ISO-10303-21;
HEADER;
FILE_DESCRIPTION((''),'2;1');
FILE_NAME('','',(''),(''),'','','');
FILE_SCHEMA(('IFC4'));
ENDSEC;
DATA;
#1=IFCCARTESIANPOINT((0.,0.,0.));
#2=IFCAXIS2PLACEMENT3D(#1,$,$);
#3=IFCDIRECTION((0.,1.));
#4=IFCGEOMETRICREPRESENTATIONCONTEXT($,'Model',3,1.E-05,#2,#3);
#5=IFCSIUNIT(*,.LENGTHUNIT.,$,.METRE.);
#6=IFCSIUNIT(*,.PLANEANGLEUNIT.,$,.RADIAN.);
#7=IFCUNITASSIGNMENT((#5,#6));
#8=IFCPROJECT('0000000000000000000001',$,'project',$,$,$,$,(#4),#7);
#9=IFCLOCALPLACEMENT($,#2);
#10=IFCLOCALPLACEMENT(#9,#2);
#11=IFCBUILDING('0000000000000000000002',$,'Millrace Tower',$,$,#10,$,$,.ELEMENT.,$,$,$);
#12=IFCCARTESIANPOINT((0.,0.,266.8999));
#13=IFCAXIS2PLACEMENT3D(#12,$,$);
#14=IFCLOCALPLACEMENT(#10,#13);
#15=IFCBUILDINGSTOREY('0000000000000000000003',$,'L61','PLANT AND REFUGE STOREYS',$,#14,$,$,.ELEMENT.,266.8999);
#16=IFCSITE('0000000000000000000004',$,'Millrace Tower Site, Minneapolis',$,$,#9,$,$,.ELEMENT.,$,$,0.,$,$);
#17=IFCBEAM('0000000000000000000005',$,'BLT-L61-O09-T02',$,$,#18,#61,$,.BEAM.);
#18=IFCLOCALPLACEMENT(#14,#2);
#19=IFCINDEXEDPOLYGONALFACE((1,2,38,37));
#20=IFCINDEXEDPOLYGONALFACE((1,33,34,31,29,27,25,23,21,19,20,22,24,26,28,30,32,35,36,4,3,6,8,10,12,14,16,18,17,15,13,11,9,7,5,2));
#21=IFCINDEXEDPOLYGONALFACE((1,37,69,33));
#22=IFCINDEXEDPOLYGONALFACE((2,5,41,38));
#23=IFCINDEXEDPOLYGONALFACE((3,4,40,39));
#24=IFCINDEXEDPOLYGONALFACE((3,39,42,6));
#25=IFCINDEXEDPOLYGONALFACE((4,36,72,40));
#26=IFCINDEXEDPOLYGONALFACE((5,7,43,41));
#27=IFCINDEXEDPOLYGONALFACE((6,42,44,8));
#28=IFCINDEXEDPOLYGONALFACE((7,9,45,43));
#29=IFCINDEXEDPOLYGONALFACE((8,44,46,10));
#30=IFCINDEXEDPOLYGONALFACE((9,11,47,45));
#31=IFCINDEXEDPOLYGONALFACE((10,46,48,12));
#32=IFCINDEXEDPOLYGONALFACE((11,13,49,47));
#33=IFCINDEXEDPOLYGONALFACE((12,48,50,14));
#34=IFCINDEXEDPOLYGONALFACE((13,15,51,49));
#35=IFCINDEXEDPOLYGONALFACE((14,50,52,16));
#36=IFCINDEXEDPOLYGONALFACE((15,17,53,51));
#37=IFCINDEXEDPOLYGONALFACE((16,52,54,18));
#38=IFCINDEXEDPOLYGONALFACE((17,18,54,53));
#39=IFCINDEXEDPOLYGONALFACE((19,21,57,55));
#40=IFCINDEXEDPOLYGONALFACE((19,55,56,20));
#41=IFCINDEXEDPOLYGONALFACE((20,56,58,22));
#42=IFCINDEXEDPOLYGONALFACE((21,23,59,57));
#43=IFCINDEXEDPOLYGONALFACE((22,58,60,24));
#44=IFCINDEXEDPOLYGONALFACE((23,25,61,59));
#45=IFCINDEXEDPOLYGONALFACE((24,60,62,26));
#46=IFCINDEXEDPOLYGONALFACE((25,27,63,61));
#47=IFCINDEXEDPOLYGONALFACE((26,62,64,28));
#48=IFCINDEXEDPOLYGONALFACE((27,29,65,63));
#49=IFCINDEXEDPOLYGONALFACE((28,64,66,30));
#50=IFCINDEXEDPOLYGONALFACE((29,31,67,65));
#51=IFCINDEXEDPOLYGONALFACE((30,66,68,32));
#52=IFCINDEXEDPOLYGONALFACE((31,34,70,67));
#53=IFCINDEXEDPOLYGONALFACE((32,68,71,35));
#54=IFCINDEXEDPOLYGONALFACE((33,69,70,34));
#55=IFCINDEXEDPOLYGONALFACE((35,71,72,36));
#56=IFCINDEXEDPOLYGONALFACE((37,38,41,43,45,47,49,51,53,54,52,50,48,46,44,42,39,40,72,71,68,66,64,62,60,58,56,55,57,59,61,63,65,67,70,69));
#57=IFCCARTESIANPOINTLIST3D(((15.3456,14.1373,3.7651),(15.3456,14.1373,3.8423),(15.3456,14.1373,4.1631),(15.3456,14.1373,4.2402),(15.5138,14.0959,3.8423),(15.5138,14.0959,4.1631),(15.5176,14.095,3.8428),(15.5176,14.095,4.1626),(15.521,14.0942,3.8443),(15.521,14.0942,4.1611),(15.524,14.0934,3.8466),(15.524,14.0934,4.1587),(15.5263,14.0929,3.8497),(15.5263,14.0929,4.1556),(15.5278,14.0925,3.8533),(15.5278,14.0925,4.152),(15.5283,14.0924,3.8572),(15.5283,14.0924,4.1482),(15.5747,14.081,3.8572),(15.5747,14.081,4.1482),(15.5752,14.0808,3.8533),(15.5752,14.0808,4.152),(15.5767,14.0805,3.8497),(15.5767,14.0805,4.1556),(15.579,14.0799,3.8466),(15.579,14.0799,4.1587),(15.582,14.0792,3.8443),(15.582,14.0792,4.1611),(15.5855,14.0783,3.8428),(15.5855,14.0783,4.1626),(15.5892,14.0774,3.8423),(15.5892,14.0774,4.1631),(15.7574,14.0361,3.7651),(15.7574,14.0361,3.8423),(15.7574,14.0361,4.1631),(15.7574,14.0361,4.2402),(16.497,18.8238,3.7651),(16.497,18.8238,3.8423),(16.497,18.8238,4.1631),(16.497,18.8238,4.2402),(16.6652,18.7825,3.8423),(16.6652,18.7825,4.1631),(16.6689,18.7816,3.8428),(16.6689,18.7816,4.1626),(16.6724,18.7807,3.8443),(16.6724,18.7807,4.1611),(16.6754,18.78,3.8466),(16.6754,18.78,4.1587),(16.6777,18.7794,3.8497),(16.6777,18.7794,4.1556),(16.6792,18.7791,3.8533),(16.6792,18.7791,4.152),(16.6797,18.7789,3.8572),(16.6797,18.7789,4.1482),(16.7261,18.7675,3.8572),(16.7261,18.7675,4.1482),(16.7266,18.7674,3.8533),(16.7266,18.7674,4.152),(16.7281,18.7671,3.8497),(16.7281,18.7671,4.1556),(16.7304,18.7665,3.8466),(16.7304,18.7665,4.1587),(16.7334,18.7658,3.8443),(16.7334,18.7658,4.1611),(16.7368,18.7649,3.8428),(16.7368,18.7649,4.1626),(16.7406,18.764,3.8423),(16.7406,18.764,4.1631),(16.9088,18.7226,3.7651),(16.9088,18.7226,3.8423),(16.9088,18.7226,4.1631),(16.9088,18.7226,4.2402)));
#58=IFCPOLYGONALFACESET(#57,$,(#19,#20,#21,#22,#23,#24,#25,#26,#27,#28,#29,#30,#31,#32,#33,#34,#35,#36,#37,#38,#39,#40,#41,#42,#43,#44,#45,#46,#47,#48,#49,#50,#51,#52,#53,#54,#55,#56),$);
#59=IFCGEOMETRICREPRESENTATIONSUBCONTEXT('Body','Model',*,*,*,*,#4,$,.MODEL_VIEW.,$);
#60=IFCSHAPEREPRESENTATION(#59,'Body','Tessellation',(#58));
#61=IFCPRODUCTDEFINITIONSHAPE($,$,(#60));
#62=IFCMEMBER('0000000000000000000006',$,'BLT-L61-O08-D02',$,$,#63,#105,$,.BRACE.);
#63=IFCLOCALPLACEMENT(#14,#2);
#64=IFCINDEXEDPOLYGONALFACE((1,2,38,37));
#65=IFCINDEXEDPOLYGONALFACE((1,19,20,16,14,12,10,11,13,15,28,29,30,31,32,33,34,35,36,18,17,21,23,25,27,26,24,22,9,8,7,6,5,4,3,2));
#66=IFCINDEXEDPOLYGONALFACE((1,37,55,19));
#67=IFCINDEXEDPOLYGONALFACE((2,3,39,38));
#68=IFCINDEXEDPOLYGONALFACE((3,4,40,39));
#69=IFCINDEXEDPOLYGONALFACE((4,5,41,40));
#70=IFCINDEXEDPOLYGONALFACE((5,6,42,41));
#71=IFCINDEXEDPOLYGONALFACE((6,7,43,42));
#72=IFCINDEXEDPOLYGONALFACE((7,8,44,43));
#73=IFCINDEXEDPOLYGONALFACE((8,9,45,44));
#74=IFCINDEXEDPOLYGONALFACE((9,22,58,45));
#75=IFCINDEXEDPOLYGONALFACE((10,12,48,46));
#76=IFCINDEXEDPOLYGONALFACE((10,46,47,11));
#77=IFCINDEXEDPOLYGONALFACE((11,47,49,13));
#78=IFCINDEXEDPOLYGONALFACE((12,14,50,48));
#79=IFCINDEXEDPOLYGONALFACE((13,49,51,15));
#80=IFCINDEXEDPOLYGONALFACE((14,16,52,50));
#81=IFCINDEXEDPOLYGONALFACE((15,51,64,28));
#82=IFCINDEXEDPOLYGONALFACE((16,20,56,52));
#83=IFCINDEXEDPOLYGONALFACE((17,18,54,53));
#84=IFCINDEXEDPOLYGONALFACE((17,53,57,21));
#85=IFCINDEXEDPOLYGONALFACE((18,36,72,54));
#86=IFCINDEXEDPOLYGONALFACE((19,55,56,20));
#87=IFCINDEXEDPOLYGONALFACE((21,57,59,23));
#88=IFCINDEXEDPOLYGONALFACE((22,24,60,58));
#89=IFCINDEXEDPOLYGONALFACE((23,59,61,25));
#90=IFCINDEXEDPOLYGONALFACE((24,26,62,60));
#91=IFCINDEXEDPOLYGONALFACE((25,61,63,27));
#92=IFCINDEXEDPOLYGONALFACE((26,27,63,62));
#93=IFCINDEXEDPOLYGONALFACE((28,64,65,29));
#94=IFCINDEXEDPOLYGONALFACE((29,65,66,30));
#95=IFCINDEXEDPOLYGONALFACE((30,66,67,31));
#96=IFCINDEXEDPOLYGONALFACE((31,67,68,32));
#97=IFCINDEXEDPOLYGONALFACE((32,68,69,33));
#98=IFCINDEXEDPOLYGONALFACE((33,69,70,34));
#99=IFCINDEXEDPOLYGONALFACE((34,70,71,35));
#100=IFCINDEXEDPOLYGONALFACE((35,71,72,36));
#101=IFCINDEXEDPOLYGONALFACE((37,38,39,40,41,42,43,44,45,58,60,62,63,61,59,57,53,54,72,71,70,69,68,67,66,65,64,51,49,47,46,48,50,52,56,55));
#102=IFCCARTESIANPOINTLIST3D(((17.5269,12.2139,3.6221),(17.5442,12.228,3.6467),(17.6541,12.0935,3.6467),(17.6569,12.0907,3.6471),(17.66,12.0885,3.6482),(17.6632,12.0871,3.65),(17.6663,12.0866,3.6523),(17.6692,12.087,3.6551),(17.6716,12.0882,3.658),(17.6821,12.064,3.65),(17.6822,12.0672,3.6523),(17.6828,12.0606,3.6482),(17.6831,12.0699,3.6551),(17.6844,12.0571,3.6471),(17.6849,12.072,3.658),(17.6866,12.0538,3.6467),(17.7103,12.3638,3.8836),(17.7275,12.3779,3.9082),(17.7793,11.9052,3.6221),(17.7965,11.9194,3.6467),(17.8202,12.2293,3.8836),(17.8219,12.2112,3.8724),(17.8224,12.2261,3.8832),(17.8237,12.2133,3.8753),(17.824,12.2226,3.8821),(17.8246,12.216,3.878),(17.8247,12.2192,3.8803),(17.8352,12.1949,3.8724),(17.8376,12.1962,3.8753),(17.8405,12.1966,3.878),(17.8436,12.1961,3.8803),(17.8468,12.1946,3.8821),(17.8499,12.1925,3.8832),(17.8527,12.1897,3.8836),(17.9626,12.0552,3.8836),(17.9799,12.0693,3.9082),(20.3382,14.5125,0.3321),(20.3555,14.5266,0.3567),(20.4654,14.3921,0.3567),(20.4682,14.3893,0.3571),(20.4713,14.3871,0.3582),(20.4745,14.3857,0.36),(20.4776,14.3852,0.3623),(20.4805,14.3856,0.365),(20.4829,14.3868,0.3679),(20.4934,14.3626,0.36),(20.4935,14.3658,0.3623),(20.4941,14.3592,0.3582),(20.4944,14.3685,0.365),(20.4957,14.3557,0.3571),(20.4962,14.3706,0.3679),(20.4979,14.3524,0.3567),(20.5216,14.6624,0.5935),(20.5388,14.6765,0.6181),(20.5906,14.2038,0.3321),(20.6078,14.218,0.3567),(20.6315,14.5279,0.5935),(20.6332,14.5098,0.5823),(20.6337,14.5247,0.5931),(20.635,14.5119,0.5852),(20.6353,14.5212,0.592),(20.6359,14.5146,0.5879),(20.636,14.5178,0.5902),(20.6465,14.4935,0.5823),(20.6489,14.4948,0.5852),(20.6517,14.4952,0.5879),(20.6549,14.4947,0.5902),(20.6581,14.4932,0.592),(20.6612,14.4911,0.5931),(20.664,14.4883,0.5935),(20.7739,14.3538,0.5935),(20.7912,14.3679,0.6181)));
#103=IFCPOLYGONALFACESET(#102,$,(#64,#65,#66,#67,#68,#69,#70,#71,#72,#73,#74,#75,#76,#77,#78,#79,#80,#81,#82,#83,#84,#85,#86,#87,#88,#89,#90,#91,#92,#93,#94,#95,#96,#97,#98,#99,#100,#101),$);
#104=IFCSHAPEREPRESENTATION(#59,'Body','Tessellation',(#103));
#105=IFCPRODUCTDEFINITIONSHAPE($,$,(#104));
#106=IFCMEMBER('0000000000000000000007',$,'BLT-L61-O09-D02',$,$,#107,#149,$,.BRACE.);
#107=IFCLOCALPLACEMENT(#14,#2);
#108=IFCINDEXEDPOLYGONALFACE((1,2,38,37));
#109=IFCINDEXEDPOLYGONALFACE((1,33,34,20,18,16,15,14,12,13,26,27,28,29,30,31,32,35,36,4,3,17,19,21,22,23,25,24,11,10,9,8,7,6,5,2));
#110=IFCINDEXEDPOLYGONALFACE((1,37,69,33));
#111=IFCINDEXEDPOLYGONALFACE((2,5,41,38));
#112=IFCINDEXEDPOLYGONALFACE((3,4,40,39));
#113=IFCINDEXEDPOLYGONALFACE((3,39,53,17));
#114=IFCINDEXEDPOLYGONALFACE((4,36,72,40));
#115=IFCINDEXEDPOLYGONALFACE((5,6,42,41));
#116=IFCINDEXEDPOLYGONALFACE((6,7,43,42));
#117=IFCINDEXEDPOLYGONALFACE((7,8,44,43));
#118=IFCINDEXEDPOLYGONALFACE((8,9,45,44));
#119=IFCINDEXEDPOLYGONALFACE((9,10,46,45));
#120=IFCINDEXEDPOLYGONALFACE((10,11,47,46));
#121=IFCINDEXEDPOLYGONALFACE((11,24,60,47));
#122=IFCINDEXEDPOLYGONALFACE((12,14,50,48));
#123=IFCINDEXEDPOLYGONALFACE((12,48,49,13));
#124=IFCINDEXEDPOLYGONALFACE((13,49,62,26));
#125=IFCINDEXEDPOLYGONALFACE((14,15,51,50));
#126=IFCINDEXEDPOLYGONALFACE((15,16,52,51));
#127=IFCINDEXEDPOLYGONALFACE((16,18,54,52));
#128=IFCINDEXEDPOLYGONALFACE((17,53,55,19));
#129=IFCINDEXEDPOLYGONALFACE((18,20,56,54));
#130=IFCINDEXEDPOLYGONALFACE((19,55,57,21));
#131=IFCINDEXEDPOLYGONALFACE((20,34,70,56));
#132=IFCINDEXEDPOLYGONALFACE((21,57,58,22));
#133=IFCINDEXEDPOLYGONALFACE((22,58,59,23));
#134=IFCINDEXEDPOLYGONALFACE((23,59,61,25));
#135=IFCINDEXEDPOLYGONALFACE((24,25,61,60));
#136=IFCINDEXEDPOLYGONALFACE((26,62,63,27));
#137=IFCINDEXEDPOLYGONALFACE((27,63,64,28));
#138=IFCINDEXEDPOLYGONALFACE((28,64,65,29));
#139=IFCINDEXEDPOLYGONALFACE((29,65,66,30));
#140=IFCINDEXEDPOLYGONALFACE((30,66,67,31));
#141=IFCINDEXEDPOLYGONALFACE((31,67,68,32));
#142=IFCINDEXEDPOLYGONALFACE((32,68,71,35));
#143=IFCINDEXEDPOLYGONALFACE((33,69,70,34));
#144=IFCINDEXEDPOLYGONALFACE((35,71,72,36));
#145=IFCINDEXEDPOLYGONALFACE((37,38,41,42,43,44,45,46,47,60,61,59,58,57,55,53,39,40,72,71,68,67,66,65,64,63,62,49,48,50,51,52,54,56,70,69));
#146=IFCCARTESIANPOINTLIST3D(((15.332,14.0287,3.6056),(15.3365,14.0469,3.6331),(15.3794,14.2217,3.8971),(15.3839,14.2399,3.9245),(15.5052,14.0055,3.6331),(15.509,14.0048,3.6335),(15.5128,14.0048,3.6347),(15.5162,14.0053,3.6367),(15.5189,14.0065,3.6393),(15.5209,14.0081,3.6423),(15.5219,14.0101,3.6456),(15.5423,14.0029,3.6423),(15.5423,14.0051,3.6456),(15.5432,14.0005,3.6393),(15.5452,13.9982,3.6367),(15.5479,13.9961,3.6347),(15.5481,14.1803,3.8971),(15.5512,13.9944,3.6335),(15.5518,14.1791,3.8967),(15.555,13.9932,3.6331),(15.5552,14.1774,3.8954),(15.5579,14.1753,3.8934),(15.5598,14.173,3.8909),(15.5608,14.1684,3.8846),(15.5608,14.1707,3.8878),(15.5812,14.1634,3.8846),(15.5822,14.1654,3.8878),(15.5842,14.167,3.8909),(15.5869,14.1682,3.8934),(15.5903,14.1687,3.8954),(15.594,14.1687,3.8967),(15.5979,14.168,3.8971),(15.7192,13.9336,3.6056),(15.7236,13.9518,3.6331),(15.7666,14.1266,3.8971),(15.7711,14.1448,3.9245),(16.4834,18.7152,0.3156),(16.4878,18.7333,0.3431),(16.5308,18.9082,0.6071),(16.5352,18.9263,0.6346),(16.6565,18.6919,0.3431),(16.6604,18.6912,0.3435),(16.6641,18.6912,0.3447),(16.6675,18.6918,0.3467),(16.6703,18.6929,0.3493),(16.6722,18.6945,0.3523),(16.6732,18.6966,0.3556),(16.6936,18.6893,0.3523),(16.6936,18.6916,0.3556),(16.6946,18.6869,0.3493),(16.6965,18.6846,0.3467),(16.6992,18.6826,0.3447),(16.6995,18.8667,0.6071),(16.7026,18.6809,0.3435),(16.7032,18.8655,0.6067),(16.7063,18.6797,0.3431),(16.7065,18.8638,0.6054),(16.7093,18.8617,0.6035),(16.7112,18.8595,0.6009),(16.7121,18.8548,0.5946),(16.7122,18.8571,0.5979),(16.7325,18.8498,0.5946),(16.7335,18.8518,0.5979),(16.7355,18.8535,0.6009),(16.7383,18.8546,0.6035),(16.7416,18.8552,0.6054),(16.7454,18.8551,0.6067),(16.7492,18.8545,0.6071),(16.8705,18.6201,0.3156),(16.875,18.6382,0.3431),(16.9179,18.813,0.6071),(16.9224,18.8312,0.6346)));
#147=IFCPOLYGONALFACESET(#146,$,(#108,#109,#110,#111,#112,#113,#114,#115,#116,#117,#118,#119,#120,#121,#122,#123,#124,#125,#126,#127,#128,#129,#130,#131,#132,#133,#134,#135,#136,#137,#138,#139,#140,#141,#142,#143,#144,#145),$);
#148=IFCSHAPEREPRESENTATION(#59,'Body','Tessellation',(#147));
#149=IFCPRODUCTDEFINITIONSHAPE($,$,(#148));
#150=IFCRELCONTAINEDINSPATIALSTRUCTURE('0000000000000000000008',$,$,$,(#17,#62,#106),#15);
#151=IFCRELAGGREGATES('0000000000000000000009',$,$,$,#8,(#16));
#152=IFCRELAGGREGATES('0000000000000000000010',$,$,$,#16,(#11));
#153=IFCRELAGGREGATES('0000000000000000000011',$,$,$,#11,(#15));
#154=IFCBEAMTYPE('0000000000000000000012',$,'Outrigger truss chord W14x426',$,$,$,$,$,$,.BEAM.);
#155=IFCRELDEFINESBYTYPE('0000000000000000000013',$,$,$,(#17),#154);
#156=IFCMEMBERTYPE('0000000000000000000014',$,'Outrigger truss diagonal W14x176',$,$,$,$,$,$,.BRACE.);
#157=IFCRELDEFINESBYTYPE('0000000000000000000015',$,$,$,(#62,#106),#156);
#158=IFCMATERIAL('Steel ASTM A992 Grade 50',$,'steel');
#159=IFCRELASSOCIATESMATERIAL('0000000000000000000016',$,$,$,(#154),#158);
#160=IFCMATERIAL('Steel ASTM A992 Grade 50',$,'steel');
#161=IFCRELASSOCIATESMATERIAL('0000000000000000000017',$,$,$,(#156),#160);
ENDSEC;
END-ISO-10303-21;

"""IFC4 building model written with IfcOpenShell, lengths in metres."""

from ifc_helpers import new_model, si_unit, direction, frame, origin, origin_2d, place, context, subcontext, project, spatial, i_section, extrude, material, material_profile, profile_set, type_object, element, save


model = new_model("IFC4")

# Units and contexts
model_context = context("Model", 3, precision=1e-05, world=origin(), true_north=direction((0.0, 1.0)))
body_context = subcontext(model_context, "Body", "Model", "MODEL_VIEW")
ifc_project = project(units=[si_unit("LENGTHUNIT", "METRE"), si_unit("PLANEANGLEUNIT", "RADIAN")], contexts=[model_context])

# Site, building, storey
site_placement = place(None, origin())
site = spatial("IfcSite", under=ifc_project, at=site_placement, Name="Millrace Tower Site, Minneapolis", CompositionType="ELEMENT", RefElevation=0.0)
building_placement = place(site_placement, origin())
building = spatial("IfcBuilding", under=site, at=building_placement, Name="Millrace Tower", CompositionType="ELEMENT")
storey_placement = place(building_placement, frame((0.0, 0.0, 266.8999)))
storey = spatial("IfcBuildingStorey", under=building, at=storey_placement, Name="L61", Description="PLANT AND REFUGE STOREYS", CompositionType="ELEMENT", Elevation=266.8999)

# Beam
ifc_material_1 = material(Name="Steel ASTM A992 Grade 50", Category="steel")
ifc_material_profile_1 = material_profile(ifc_material_1, i_section(OverallWidth=0.4241, OverallDepth=0.4751, WebThickness=0.0479, FlangeThickness=0.0771, FilletRadius=0.0149, at=origin_2d()))
ifc_profile_set_1 = profile_set([ifc_material_profile_1], Name="Steel ASTM A992 Grade 50")
beam_type_1 = type_object("IfcBeamType", Name="Outrigger truss chord W14x426", PredefinedType="BEAM", material=ifc_profile_set_1)
for number, where, z_axis, x_axis, name in (
    (1, (15.5515, 14.0867, 4.0027), (0.238582, 0.971122, 0.0), (-0.971122, 0.238582, 0.0), "BLT-L61-O09-T02"),
):
    element("IfcBeam", number, at=place(storey_placement, frame(where, z_axis=z_axis, x_axis=x_axis)), inside=storey, type_object=beam_type_1, Name=name, PredefinedType="BEAM", context=body_context, shape_type="SweptSolid", body=[
        extrude(i_section(OverallWidth=0.4241, OverallDepth=0.4751, WebThickness=0.0479, FlangeThickness=0.0771, FilletRadius=0.0149, at=origin_2d()), origin(), (0.0, 0.0, 1.0), 4.8259),
    ])

# Members
ifc_material_2 = material(Name="Steel ASTM A992 Grade 50", Category="steel")
ifc_material_profile_2 = material_profile(ifc_material_2, i_section(OverallWidth=0.3987, OverallDepth=0.386, WebThickness=0.021, FlangeThickness=0.0332, FilletRadius=0.0151, at=origin_2d()))
ifc_profile_set_2 = profile_set([ifc_material_profile_2], Name="Steel ASTM A992 Grade 50")
member_type_1 = type_object("IfcMemberType", Name="Outrigger truss diagonal W14x176", PredefinedType="BRACE", material=ifc_profile_set_2)
member_1_placement = place(storey_placement, frame((20.5647, 14.4402, 0.4751), z_axis=(-0.573717, -0.469088, 0.671421), x_axis=(0.632981, -0.774167, 0.0)))
element("IfcMember", 2, at=member_1_placement, inside=storey, type_object=member_type_1, Name="BLT-L61-O08-D02", PredefinedType="BRACE", context=body_context, shape_type="SweptSolid", body=[
    extrude(i_section(OverallWidth=0.3987, OverallDepth=0.386, WebThickness=0.021, FlangeThickness=0.0332, FilletRadius=0.0151, at=origin_2d()), origin(), (0.0, 0.0, 1.0), 4.9001),
])
member_2_placement = place(storey_placement, frame((16.7029, 18.7732, 0.4751), z_axis=(-0.197129, -0.802394, 0.563298), x_axis=(0.971122, -0.238582, 0.0)))
element("IfcMember", 3, at=member_2_placement, inside=storey, type_object=member_type_1, Name="BLT-L61-O09-D02", PredefinedType="BRACE", context=body_context, shape_type="SweptSolid", body=[
    extrude(i_section(OverallWidth=0.3987, OverallDepth=0.386, WebThickness=0.021, FlangeThickness=0.0332, FilletRadius=0.0151, at=origin_2d()), origin(), (0.0, 0.0, 1.0), 5.8406),
])

save(model, "model.ifc")
